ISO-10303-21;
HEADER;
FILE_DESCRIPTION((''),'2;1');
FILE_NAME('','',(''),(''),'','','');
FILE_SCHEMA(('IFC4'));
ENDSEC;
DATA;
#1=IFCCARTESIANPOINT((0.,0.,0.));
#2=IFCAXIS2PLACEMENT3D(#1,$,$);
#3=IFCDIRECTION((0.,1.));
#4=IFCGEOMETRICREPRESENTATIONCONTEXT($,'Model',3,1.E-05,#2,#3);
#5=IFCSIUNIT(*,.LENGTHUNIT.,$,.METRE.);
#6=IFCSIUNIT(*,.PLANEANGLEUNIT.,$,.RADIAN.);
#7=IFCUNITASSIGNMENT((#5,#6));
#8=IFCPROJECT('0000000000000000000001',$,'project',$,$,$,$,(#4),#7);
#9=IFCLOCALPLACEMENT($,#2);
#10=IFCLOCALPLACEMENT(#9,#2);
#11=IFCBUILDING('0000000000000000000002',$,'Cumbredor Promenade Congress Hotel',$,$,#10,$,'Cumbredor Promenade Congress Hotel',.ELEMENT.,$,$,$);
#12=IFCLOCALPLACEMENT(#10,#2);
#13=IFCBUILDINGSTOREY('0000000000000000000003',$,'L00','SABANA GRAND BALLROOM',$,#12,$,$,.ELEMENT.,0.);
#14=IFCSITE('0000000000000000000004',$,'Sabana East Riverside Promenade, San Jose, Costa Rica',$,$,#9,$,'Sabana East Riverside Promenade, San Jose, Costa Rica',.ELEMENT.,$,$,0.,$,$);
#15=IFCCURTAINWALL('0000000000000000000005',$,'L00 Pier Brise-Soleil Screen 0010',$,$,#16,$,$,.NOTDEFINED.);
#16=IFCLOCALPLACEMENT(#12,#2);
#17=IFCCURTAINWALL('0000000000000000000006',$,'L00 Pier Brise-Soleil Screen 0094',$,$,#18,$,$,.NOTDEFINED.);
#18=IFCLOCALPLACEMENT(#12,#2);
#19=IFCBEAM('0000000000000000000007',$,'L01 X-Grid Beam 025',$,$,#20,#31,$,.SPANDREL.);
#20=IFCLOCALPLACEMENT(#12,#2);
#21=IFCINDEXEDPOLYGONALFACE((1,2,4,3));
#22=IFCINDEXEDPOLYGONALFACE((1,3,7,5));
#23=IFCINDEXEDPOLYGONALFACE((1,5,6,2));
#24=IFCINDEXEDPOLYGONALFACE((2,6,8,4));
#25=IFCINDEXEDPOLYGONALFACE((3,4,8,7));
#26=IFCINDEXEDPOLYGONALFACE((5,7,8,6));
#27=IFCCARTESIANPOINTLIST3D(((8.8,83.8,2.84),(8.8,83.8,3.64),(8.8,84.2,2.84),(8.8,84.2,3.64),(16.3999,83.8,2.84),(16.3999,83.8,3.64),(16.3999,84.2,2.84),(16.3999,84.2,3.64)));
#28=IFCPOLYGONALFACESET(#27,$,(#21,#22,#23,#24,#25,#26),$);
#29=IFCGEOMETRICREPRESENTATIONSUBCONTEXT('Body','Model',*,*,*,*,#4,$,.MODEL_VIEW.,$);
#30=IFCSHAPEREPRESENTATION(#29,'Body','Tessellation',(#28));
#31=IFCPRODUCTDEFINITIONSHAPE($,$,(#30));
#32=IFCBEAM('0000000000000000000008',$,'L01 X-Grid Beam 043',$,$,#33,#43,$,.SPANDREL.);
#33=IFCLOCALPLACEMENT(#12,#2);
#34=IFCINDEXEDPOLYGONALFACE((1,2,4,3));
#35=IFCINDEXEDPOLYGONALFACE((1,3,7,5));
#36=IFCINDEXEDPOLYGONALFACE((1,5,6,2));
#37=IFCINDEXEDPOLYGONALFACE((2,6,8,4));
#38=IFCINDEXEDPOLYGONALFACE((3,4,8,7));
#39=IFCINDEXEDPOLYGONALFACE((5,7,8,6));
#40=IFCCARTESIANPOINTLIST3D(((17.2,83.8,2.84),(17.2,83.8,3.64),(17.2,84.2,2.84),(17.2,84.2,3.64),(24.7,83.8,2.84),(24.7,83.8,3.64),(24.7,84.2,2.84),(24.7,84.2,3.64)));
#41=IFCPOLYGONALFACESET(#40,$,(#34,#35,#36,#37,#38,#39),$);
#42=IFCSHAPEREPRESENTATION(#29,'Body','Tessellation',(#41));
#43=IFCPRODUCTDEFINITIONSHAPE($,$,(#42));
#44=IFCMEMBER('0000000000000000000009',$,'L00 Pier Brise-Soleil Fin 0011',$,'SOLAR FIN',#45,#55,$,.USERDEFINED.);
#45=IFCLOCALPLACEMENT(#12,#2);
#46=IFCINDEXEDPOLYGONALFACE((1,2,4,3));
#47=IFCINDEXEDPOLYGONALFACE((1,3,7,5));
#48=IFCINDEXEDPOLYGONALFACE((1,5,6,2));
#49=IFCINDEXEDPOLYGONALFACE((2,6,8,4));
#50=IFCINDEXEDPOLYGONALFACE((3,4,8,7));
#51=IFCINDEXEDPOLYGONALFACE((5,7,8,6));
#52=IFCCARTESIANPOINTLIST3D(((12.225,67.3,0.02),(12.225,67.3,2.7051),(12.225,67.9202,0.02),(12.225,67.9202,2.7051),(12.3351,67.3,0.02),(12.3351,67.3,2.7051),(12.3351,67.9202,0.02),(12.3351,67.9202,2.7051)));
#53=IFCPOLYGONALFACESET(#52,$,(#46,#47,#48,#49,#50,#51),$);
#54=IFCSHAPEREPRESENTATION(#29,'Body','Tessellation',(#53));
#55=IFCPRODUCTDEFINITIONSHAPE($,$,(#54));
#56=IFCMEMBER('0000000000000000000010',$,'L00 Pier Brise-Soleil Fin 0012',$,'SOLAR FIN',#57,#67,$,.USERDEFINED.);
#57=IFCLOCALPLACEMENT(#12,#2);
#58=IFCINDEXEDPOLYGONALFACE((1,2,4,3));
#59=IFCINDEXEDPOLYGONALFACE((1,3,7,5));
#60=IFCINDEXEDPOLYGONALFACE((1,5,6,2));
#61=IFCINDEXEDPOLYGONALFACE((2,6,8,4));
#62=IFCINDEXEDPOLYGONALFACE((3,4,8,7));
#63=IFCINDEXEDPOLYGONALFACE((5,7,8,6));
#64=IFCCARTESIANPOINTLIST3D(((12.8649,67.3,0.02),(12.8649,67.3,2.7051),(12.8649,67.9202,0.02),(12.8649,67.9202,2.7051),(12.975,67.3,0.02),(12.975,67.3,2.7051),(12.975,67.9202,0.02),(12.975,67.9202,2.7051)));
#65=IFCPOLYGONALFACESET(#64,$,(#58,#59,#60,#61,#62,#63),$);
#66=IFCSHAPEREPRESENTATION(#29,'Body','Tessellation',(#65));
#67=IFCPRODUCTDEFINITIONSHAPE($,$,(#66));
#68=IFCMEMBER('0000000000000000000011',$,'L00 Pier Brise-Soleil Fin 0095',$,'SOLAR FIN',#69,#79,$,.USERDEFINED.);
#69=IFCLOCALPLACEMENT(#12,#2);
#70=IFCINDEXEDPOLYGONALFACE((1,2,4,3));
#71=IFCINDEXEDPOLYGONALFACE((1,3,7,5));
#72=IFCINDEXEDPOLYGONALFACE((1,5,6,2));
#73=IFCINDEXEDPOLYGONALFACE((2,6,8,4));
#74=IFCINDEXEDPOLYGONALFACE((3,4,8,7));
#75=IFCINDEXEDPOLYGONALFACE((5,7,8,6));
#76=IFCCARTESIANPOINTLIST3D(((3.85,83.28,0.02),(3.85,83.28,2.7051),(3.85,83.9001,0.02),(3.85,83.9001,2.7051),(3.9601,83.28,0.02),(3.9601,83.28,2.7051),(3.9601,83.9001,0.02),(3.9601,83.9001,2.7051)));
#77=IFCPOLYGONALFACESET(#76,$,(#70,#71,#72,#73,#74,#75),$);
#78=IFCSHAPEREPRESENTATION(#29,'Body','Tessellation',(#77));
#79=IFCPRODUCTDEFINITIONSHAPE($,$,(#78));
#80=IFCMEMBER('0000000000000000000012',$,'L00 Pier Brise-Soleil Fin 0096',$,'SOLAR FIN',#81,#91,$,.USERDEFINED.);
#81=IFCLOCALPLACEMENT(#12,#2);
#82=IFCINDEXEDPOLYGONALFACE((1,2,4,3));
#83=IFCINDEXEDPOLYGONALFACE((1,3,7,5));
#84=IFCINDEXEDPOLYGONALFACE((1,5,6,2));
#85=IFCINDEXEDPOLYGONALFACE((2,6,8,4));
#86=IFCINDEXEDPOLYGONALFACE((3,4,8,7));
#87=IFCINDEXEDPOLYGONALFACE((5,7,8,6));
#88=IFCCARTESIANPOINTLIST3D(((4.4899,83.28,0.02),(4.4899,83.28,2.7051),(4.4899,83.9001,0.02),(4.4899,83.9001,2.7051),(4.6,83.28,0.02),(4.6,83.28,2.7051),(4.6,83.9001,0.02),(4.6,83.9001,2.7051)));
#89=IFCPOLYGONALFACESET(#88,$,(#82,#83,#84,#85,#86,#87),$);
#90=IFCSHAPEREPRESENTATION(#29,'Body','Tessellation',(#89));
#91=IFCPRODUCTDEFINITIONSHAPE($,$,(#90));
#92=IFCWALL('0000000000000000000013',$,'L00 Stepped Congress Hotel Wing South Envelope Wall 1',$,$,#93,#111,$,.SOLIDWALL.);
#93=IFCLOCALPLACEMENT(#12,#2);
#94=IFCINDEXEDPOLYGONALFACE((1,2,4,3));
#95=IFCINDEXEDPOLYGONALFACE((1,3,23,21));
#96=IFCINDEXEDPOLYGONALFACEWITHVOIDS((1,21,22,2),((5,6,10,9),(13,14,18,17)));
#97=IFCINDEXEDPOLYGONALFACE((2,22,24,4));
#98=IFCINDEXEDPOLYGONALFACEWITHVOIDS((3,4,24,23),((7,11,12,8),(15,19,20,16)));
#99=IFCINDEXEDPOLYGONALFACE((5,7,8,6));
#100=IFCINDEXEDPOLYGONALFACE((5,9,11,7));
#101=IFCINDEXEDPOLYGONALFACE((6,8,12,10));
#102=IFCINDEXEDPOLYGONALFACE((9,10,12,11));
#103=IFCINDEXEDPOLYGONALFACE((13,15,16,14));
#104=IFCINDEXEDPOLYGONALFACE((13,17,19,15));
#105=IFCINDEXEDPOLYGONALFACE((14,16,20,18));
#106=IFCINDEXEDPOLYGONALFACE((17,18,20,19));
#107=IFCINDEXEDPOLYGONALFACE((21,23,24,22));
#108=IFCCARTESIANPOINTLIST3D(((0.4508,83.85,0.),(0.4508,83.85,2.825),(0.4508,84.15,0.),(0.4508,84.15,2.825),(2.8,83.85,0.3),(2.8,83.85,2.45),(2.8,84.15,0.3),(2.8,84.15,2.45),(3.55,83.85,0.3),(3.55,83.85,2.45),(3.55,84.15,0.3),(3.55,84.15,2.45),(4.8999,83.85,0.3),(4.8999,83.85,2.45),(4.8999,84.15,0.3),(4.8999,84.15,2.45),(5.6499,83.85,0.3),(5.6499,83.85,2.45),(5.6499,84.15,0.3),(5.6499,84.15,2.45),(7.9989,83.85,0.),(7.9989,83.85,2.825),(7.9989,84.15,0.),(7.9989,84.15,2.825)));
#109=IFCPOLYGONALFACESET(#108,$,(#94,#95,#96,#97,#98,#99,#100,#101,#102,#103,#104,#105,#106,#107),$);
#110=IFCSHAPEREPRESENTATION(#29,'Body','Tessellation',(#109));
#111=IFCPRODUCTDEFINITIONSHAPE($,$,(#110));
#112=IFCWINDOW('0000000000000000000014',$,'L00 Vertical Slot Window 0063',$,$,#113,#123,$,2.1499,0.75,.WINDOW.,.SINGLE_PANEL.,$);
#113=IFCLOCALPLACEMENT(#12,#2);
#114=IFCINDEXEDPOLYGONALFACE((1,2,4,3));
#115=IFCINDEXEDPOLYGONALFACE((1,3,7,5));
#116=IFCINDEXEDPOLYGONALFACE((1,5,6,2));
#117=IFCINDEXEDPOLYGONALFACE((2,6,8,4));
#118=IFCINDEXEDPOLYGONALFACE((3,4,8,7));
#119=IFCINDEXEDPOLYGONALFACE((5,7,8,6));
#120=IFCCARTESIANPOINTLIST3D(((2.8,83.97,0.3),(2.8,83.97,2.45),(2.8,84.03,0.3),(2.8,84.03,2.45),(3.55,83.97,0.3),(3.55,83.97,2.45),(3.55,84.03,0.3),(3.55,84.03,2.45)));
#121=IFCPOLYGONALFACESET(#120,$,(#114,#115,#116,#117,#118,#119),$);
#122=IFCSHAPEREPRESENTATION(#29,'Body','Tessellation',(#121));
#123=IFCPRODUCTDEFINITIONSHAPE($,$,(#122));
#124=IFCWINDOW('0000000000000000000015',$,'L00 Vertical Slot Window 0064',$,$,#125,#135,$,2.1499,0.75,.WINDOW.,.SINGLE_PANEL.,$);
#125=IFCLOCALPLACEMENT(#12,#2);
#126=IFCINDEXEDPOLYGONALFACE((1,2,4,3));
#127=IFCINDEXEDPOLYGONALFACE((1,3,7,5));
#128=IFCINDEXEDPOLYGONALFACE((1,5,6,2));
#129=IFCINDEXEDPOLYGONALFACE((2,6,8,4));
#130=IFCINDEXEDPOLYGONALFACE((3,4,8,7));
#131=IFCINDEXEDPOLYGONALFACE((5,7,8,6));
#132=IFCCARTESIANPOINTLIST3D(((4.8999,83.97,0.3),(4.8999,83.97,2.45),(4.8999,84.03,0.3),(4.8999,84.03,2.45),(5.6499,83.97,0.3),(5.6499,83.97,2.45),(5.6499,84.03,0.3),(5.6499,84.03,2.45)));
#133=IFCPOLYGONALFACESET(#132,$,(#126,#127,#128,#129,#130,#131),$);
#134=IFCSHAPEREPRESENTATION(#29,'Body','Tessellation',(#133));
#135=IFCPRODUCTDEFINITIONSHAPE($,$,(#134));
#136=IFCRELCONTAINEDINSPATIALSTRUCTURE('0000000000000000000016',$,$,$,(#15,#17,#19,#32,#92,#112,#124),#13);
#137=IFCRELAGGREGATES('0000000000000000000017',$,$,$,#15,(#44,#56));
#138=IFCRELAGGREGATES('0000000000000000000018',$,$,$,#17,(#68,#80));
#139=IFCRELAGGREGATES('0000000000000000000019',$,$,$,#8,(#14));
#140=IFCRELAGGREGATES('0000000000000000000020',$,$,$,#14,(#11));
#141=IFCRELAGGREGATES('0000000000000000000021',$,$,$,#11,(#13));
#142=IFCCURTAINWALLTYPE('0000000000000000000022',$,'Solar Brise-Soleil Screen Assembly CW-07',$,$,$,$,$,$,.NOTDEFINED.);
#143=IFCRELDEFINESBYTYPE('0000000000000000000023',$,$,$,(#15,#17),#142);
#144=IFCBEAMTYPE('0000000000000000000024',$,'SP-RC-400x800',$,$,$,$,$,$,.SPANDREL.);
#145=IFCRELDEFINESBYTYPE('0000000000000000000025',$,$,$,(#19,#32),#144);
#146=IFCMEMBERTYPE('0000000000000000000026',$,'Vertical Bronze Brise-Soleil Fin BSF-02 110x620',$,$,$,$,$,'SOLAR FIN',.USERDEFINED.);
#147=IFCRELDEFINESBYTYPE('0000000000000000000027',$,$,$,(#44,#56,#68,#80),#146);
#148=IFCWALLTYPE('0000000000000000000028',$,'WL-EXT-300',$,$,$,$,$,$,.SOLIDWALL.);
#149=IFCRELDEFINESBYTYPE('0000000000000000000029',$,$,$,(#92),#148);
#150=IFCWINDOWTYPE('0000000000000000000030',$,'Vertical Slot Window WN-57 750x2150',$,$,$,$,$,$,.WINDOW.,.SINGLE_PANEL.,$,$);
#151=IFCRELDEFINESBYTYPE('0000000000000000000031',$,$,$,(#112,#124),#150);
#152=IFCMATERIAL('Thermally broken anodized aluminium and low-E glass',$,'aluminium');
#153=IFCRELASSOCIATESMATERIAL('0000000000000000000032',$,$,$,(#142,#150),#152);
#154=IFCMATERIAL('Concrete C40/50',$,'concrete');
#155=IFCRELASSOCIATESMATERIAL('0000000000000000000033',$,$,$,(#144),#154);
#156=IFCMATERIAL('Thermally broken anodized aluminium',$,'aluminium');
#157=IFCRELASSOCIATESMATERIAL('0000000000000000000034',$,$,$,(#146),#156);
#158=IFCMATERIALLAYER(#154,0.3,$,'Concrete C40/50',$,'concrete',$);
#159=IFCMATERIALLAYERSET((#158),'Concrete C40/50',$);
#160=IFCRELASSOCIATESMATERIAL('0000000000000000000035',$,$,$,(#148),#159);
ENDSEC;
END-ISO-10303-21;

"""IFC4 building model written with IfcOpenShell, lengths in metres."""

from ifc_helpers import new_model, si_unit, direction, frame, frame_2d, origin, origin_2d, place, context, subcontext, project, spatial, rectangle, extrude, material, layer, layer_set, material_profile, profile_set, type_object, element, fill, aggregate, save


model = new_model("IFC4")

# Units and contexts
model_context = context("Model", 3, precision=1e-05, world=origin(), true_north=direction((0.0, 1.0)))
body_context = subcontext(model_context, "Body", "Model", "MODEL_VIEW")
ifc_project = project(units=[si_unit("LENGTHUNIT", "METRE"), si_unit("PLANEANGLEUNIT", "RADIAN")], contexts=[model_context])

# Site, building, storey
site_placement = place(None, origin())
site = spatial("IfcSite", under=ifc_project, at=site_placement, Name="Sabana East Riverside Promenade, San Jose, Costa Rica", LongName="Sabana East Riverside Promenade, San Jose, Costa Rica", CompositionType="ELEMENT", RefElevation=0.0)
building_placement = place(site_placement, origin())
building = spatial("IfcBuilding", under=site, at=building_placement, Name="Cumbredor Promenade Congress Hotel", LongName="Cumbredor Promenade Congress Hotel", CompositionType="ELEMENT")
storey_placement = place(building_placement, origin())
storey = spatial("IfcBuildingStorey", under=building, at=storey_placement, Name="L00", Description="SABANA GRAND BALLROOM", CompositionType="ELEMENT", Elevation=0.0)

# Curtain walls
ifc_material_1 = material(Name="Thermally broken anodized aluminium and low-E glass", Category="aluminium")
ifc_material_2 = material(Name="Thermally broken anodized aluminium", Category="aluminium")
curtain_wall_type_1 = type_object("IfcCurtainWallType", Name="Solar Brise-Soleil Screen Assembly CW-07", PredefinedType="NOTDEFINED", material=ifc_material_1)
curtain_wall_1_placement = place(storey_placement, origin())
curtain_wall_1 = element("IfcCurtainWall", 1, at=curtain_wall_1_placement, inside=storey, type_object=curtain_wall_type_1, Name="L00 Pier Brise-Soleil Screen 0010", PredefinedType="NOTDEFINED")
curtain_wall_2_placement = place(storey_placement, origin())
curtain_wall_2 = element("IfcCurtainWall", 2, at=curtain_wall_2_placement, inside=storey, type_object=curtain_wall_type_1, Name="L00 Pier Brise-Soleil Screen 0094", PredefinedType="NOTDEFINED")

# Beams
ifc_material_3 = material(Name="Concrete C40/50", Category="concrete")
ifc_material_profile_1 = material_profile(ifc_material_3, rectangle(XDim=0.3999, YDim=0.8, at=origin_2d()), Name="RC SPANDREL 400x800")
ifc_profile_set_1 = profile_set([ifc_material_profile_1], Name="Concrete C40/50")
beam_type_1 = type_object("IfcBeamType", Name="SP-RC-400x800", PredefinedType="SPANDREL", material=ifc_profile_set_1)
beam_1_placement = place(storey_placement, frame((8.8, 84.0, 3.24), z_axis=(1.0, 0.0, 0.0), x_axis=(0.0, 1.0, 0.0)))
element("IfcBeam", 3, at=beam_1_placement, inside=storey, type_object=beam_type_1, Name="L01 X-Grid Beam 025", PredefinedType="SPANDREL", context=body_context, shape_type="SweptSolid", body=[
    extrude(rectangle(XDim=0.3999, YDim=0.8, at=origin_2d()), origin(), (0.0, 0.0, 1.0), 7.5999),
])
beam_2_placement = place(storey_placement, frame((17.2, 84.0, 3.24), z_axis=(1.0, 0.0, 0.0), x_axis=(0.0, 1.0, 0.0)))
element("IfcBeam", 4, at=beam_2_placement, inside=storey, type_object=beam_type_1, Name="L01 X-Grid Beam 043", PredefinedType="SPANDREL", context=body_context, shape_type="SweptSolid", body=[
    extrude(rectangle(XDim=0.3999, YDim=0.8, at=origin_2d()), origin(), (0.0, 0.0, 1.0), 7.5),
])

# Members
ifc_material_profile_2 = material_profile(ifc_material_2, rectangle(XDim=0.1101, YDim=0.6201, at=origin_2d()), Name="ARCH FIN 110x620")
ifc_profile_set_2 = profile_set([ifc_material_profile_2], Name="Thermally broken anodized aluminium")
member_type_1 = type_object("IfcMemberType", Name="Vertical Bronze Brise-Soleil Fin BSF-02 110x620", ElementType="SOLAR FIN", PredefinedType="USERDEFINED", material=ifc_profile_set_2)
member_1_placement = place(storey_placement, frame((12.28, 67.6101, 0.02), z_axis=(0.0, 0.0, 1.0), x_axis=(1.0, 0.0, 0.0)))
member_1 = element("IfcMember", 5, at=member_1_placement, type_object=member_type_1, Name="L00 Pier Brise-Soleil Fin 0011", ObjectType="SOLAR FIN", PredefinedType="USERDEFINED", context=body_context, shape_type="SweptSolid", body=[
    extrude(rectangle(XDim=0.1101, YDim=0.6201, at=origin_2d()), origin(), (0.0, 0.0, 1.0), 2.6851),
])
member_2_placement = place(storey_placement, frame((12.9199, 67.6101, 0.02), z_axis=(0.0, 0.0, 1.0), x_axis=(1.0, 0.0, 0.0)))
member_2 = element("IfcMember", 6, at=member_2_placement, type_object=member_type_1, Name="L00 Pier Brise-Soleil Fin 0012", ObjectType="SOLAR FIN", PredefinedType="USERDEFINED", context=body_context, shape_type="SweptSolid", body=[
    extrude(rectangle(XDim=0.1101, YDim=0.6201, at=origin_2d()), origin(), (0.0, 0.0, 1.0), 2.6851),
])
aggregate(curtain_wall_1, [member_1, member_2])
member_3_placement = place(storey_placement, frame((3.905, 83.5901, 0.02), z_axis=(0.0, 0.0, 1.0), x_axis=(1.0, 0.0, 0.0)))
member_3 = element("IfcMember", 7, at=member_3_placement, type_object=member_type_1, Name="L00 Pier Brise-Soleil Fin 0095", ObjectType="SOLAR FIN", PredefinedType="USERDEFINED", context=body_context, shape_type="SweptSolid", body=[
    extrude(rectangle(XDim=0.1101, YDim=0.6201, at=origin_2d()), origin(), (0.0, 0.0, 1.0), 2.6851),
])
member_4_placement = place(storey_placement, frame((4.5449, 83.5901, 0.02), z_axis=(0.0, 0.0, 1.0), x_axis=(1.0, 0.0, 0.0)))
member_4 = element("IfcMember", 8, at=member_4_placement, type_object=member_type_1, Name="L00 Pier Brise-Soleil Fin 0096", ObjectType="SOLAR FIN", PredefinedType="USERDEFINED", context=body_context, shape_type="SweptSolid", body=[
    extrude(rectangle(XDim=0.1101, YDim=0.6201, at=origin_2d()), origin(), (0.0, 0.0, 1.0), 2.6851),
])
aggregate(curtain_wall_2, [member_3, member_4])

# Wall, openings, windows
ifc_layer_1 = layer(ifc_material_3, 0.3, Name="Concrete C40/50", Category="concrete")
ifc_layer_set_1 = layer_set([ifc_layer_1], Name="Concrete C40/50")
wall_type_1 = type_object("IfcWallType", Name="WL-EXT-300", PredefinedType="SOLIDWALL", material=ifc_layer_set_1)
wall_1_placement = place(storey_placement, frame((0.4509, 84.0, 0.0), z_axis=(0.0, 0.0, 1.0), x_axis=(1.0, 0.0, 0.0)))
wall_1 = element("IfcWall", 9, at=wall_1_placement, inside=storey, type_object=wall_type_1, Name="L00 Stepped Congress Hotel Wing South Envelope Wall 1", PredefinedType="SOLIDWALL", context=body_context, shape_type="SweptSolid", body=[
    extrude(rectangle(XDim=7.5481, YDim=0.3, at=frame_2d((3.7739, 0.0))), origin(), (0.0, 0.0, 1.0), 2.825),
])
opening_1_placement = place(wall_1_placement, frame((2.3491, 0.0, 0.3)))
opening_1 = element("IfcOpeningElement", 10, at=opening_1_placement, cuts=wall_1, PredefinedType="OPENING", context=body_context, shape_type="SweptSolid", body=[
    extrude(rectangle(XDim=0.75, YDim=2.1499, at=frame_2d((0.375, 1.075))), frame((0.0, 0.1602, 0.0), z_axis=(0.0, -1.0, 0.0), x_axis=(1.0, 0.0, 0.0)), (0.0, 0.0, 1.0), 0.3201),
])
opening_2_placement = place(wall_1_placement, frame((4.449, 0.0, 0.3)))
opening_2 = element("IfcOpeningElement", 11, at=opening_2_placement, cuts=wall_1, PredefinedType="OPENING", context=body_context, shape_type="SweptSolid", body=[
    extrude(rectangle(XDim=0.75, YDim=2.1499, at=frame_2d((0.375, 1.075))), frame((0.0, 0.1602, 0.0), z_axis=(0.0, -1.0, 0.0), x_axis=(1.0, 0.0, 0.0)), (0.0, 0.0, 1.0), 0.3201),
])
window_type = type_object("IfcWindowType", Name="Vertical Slot Window WN-57 750x2150", PartitioningType="SINGLE_PANEL", PredefinedType="WINDOW", material=ifc_material_1)
window_1_placement = place(opening_1_placement, origin())
window_1 = element("IfcWindow", 12, at=window_1_placement, inside=storey, type_object=window_type, Name="L00 Vertical Slot Window 0063", OverallHeight=2.1499, OverallWidth=0.75, PartitioningType="SINGLE_PANEL", PredefinedType="WINDOW", context=body_context, shape_type="SweptSolid", body=[
    extrude(rectangle(XDim=0.75, YDim=2.1499, at=frame_2d((0.375, 1.075))), frame((0.0, 0.03, 0.0), z_axis=(0.0, -1.0, 0.0), x_axis=(1.0, 0.0, 0.0)), (0.0, 0.0, 1.0), 0.0601),
])
fill(opening_1, window_1)
window_2_placement = place(opening_2_placement, origin())
window_2 = element("IfcWindow", 13, at=window_2_placement, inside=storey, type_object=window_type, Name="L00 Vertical Slot Window 0064", OverallHeight=2.1499, OverallWidth=0.75, PartitioningType="SINGLE_PANEL", PredefinedType="WINDOW", context=body_context, shape_type="SweptSolid", body=[
    extrude(rectangle(XDim=0.75, YDim=2.1499, at=frame_2d((0.375, 1.075))), frame((0.0, 0.03, 0.0), z_axis=(0.0, -1.0, 0.0), x_axis=(1.0, 0.0, 0.0)), (0.0, 0.0, 1.0), 0.0601),
])
fill(opening_2, window_2)

save(model, "model.ifc")
